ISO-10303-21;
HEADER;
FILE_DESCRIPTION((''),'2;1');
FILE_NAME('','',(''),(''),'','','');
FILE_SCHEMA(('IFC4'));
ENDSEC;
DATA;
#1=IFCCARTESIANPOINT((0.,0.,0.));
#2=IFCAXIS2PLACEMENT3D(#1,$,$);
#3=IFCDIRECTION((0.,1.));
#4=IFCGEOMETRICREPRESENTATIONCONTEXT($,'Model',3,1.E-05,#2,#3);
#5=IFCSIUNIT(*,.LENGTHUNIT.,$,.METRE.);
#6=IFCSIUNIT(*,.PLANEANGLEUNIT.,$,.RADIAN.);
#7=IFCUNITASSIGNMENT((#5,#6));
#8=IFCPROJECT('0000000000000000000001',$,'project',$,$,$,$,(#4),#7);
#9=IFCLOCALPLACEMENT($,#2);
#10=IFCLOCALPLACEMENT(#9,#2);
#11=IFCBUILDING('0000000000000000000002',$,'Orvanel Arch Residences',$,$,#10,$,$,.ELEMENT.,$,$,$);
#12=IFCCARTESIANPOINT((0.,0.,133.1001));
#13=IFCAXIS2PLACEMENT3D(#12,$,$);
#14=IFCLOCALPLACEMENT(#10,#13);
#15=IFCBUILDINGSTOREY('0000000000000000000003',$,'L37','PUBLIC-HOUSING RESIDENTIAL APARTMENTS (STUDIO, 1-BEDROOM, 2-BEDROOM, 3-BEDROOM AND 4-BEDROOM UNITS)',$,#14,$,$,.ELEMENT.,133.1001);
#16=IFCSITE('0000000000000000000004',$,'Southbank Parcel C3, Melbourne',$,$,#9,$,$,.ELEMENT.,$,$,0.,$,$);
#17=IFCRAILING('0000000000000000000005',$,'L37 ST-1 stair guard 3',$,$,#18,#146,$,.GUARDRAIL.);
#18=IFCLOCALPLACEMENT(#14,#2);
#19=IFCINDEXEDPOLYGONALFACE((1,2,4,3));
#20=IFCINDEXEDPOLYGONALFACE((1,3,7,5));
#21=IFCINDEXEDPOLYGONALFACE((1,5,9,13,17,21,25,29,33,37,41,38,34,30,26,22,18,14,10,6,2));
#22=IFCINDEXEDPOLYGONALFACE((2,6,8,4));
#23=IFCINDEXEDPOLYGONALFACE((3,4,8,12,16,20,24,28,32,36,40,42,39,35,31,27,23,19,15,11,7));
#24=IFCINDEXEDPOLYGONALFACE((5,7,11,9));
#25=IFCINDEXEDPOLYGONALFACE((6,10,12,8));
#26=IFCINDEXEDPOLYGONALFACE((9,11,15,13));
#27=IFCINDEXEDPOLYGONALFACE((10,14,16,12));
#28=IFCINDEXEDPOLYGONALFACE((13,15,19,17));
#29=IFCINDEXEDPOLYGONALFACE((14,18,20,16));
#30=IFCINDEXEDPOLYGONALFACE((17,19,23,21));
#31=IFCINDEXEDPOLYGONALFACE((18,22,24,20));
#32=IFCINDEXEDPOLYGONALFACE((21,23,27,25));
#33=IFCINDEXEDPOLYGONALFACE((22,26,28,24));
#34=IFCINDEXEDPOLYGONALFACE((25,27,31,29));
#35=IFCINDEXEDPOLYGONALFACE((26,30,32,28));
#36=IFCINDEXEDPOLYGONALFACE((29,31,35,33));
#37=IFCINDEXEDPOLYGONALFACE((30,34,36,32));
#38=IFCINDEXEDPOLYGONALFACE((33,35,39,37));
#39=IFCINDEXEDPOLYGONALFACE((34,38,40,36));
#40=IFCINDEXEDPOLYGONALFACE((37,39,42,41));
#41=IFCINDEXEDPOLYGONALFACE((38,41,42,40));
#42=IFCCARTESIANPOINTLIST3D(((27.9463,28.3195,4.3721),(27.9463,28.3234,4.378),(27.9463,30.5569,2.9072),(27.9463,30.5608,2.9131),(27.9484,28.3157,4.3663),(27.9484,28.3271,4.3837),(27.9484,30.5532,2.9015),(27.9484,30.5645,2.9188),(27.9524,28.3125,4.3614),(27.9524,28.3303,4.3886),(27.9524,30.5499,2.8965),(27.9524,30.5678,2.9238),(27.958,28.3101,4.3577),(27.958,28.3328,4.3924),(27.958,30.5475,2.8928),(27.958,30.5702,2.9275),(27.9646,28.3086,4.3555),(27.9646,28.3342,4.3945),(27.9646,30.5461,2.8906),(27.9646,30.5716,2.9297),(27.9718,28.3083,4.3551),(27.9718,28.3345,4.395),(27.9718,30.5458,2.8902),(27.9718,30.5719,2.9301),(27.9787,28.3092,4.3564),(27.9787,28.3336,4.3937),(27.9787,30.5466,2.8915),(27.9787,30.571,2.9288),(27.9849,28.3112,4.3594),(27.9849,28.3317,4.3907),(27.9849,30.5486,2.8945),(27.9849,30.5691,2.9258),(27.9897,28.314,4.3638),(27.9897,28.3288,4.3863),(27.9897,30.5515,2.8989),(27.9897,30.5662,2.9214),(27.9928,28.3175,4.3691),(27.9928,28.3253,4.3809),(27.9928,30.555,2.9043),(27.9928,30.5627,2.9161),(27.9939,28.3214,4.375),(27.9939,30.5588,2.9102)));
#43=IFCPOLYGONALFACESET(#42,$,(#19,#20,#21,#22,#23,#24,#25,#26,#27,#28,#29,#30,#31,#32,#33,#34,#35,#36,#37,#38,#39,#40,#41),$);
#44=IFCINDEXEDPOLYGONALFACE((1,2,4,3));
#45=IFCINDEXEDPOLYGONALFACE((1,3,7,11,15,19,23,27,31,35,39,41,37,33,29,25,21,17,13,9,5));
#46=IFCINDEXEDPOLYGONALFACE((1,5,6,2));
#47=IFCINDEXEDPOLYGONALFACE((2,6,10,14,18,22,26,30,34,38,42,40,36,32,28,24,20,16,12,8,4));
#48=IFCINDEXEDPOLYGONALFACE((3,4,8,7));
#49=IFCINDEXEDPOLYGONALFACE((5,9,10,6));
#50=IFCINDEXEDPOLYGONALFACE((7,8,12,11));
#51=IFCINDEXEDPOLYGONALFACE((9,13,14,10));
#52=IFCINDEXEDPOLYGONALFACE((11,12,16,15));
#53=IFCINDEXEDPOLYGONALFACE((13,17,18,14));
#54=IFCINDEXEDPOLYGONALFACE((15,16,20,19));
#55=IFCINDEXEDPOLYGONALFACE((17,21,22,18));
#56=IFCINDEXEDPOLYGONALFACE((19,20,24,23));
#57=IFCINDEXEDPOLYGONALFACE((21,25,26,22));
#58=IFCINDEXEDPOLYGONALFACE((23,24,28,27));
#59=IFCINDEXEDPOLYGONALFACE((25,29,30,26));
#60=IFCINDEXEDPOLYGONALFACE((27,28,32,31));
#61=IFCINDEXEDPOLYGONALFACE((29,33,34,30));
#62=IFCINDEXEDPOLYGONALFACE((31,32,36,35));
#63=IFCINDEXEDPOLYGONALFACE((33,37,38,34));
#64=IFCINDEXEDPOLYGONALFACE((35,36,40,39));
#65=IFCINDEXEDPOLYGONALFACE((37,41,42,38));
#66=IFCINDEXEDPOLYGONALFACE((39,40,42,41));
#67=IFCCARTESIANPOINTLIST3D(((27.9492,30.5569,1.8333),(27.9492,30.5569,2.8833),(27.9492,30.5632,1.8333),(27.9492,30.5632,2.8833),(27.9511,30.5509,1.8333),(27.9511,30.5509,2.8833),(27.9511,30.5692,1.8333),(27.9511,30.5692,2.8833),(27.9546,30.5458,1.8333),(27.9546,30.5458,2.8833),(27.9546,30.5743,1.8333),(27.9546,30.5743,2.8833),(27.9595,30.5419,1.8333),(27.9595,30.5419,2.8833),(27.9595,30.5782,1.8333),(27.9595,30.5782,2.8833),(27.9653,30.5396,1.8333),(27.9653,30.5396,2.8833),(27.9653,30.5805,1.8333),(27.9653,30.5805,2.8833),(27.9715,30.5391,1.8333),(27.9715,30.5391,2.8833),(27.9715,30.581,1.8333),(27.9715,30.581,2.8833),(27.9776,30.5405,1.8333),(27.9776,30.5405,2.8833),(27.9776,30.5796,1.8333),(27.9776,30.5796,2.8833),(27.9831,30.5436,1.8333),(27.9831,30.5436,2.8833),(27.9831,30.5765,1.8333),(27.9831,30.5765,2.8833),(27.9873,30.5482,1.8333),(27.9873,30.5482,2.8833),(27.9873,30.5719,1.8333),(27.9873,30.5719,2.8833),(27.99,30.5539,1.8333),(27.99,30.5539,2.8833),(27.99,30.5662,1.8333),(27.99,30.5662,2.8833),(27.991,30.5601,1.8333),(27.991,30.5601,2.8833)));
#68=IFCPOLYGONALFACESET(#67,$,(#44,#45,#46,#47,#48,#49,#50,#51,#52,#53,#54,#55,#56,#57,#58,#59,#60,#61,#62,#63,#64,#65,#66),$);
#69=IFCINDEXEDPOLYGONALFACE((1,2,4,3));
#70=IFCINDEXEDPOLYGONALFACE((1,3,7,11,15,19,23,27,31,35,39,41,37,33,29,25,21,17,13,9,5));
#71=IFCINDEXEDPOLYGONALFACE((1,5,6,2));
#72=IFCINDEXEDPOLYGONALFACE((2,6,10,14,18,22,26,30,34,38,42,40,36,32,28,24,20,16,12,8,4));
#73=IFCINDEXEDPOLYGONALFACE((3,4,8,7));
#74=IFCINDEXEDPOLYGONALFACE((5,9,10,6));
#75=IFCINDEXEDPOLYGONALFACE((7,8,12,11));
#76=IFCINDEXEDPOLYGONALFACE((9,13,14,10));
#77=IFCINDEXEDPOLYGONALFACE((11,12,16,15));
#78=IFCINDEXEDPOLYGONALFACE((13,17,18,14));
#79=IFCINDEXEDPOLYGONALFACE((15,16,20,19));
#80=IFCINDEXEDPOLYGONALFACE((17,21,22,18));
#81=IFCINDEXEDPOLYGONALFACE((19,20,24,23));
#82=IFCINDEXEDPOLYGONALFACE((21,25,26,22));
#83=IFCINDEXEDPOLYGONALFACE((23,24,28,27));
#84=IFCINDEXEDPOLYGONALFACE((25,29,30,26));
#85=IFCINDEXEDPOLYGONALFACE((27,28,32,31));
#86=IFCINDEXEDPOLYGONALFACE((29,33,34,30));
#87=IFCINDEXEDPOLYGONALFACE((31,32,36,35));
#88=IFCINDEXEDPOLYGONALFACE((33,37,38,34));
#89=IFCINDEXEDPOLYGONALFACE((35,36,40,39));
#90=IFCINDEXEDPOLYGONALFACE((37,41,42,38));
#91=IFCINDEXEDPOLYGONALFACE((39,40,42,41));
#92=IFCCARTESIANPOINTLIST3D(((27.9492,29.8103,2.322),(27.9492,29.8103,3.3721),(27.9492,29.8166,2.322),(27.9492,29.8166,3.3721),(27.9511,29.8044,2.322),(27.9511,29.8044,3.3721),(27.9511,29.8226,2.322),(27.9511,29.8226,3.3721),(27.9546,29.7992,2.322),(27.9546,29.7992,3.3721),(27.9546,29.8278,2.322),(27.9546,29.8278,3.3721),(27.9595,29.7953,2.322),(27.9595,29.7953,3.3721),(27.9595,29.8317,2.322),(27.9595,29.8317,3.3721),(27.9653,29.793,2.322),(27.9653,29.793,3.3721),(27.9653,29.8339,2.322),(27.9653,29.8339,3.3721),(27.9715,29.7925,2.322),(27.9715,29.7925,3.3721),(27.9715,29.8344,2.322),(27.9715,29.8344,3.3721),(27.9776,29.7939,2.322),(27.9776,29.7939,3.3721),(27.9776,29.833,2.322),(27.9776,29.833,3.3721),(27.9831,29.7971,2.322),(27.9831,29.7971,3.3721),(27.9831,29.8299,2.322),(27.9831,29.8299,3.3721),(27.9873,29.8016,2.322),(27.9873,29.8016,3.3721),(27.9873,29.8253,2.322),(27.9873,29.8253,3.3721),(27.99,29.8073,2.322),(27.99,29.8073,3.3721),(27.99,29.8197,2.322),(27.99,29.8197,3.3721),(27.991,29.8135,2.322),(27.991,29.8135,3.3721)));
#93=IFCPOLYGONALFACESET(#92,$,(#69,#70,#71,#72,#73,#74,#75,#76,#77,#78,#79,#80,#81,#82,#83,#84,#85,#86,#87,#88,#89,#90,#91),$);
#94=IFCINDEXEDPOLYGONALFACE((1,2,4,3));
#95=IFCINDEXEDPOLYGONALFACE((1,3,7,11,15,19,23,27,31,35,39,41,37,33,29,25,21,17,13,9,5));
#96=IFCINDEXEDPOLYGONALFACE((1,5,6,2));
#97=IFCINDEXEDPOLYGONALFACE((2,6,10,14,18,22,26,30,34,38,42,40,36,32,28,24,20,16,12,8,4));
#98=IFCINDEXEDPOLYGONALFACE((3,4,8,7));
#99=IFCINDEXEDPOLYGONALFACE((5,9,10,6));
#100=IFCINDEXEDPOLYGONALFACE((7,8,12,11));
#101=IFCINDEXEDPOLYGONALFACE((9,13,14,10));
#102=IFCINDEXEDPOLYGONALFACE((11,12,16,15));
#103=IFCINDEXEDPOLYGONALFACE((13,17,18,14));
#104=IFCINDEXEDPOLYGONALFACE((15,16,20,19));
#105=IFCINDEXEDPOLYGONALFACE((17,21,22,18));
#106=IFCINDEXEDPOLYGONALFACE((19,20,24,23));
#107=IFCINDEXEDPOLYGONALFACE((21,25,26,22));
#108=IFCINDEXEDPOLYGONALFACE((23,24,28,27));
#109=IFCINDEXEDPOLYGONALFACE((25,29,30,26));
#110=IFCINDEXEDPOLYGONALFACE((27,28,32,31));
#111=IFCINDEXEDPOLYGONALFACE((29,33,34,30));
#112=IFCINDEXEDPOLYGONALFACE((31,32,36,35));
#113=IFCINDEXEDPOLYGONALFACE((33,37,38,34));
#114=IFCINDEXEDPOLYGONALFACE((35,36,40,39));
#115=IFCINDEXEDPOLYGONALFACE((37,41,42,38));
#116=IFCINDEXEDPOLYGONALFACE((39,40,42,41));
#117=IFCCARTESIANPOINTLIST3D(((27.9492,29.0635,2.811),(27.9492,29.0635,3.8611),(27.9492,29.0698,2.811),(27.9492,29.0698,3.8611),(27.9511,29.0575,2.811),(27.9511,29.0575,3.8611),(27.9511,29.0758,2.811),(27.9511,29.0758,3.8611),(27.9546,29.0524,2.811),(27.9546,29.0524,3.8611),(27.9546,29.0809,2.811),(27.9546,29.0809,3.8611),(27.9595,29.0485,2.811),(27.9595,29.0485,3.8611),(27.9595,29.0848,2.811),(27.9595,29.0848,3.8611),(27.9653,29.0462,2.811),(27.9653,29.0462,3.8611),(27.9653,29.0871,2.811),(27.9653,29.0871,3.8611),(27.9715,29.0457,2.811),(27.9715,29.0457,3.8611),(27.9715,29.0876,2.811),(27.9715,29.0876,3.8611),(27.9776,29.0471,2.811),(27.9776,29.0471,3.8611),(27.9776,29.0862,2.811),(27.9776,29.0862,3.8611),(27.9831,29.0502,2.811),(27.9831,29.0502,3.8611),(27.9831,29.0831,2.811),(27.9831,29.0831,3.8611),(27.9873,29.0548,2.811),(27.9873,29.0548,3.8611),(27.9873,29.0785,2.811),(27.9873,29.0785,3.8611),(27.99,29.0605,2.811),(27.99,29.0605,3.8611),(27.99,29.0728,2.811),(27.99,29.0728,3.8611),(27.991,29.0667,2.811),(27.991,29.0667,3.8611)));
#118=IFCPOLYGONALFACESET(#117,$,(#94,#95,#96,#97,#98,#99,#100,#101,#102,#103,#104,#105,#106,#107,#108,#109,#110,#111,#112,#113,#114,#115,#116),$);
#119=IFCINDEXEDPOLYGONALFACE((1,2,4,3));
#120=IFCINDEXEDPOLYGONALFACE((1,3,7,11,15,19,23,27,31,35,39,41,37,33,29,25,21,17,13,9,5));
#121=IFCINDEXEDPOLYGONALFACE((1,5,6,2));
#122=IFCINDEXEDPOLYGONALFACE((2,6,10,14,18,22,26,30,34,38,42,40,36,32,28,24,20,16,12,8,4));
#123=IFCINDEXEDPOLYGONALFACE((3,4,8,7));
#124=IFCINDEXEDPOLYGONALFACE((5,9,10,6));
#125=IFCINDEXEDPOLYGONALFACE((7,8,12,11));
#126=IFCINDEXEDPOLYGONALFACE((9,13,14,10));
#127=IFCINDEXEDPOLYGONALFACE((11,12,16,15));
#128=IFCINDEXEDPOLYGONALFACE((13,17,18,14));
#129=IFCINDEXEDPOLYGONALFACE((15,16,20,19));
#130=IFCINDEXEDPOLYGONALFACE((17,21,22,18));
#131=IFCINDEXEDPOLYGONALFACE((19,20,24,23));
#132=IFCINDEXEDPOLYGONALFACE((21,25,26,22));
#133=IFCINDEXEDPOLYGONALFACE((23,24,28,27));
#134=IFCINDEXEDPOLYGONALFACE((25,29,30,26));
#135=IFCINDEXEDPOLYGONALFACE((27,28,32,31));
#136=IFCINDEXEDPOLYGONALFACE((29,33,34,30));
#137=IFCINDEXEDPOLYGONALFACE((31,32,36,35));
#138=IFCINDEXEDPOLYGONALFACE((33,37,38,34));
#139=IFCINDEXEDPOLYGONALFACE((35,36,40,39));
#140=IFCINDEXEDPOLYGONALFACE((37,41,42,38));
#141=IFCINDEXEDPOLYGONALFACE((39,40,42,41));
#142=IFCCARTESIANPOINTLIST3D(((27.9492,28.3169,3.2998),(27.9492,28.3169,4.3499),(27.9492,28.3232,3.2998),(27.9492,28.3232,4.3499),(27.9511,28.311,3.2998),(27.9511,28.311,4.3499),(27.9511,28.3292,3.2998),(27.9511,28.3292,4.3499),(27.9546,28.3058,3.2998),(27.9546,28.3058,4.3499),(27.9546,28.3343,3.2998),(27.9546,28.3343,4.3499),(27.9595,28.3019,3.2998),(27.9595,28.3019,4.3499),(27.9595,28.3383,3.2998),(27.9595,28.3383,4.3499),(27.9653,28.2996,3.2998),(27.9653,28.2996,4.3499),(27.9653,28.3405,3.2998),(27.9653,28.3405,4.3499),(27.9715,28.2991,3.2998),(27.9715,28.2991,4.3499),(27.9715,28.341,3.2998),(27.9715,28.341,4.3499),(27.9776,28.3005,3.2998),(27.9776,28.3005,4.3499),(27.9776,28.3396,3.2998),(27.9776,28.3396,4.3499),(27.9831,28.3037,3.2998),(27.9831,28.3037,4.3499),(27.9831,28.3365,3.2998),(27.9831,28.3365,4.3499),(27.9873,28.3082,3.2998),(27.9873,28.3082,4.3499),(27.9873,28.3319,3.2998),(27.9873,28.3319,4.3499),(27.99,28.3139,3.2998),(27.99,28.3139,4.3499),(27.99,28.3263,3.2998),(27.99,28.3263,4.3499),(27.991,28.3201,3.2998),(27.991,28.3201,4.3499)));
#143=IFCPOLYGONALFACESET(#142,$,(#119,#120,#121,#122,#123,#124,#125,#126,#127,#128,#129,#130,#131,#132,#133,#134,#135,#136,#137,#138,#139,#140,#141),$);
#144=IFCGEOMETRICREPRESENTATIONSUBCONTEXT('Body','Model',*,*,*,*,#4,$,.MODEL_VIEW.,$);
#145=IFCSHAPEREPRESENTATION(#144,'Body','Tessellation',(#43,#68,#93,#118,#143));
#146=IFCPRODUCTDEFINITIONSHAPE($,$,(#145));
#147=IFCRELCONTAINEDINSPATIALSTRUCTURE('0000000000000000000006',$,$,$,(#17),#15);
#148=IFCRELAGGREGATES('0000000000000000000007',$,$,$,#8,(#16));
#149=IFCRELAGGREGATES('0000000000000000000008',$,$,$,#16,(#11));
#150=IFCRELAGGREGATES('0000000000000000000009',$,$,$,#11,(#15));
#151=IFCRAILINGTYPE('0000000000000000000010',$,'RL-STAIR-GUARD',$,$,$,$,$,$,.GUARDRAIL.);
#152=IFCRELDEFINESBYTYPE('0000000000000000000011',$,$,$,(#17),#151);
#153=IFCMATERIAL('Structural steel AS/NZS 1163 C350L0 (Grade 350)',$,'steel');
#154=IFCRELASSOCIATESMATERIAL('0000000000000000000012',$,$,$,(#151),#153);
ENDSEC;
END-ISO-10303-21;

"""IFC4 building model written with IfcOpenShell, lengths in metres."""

from ifc_helpers import new_model, si_unit, direction, frame, origin, origin_2d, place, context, subcontext, project, spatial, circle, extrude, material, type_object, element, save


model = new_model("IFC4")

# Units and contexts
model_context = context("Model", 3, precision=1e-05, world=origin(), true_north=direction((0.0, 1.0)))
body_context = subcontext(model_context, "Body", "Model", "MODEL_VIEW")
ifc_project = project(units=[si_unit("LENGTHUNIT", "METRE"), si_unit("PLANEANGLEUNIT", "RADIAN")], contexts=[model_context])

# Site, building, storey
site_placement = place(None, origin())
site = spatial("IfcSite", under=ifc_project, at=site_placement, Name="Southbank Parcel C3, Melbourne", CompositionType="ELEMENT", RefElevation=0.0)
building_placement = place(site_placement, origin())
building = spatial("IfcBuilding", under=site, at=building_placement, Name="Orvanel Arch Residences", CompositionType="ELEMENT")
storey_placement = place(building_placement, frame((0.0, 0.0, 133.1001)))
storey = spatial("IfcBuildingStorey", under=building, at=storey_placement, Name="L37", Description="PUBLIC-HOUSING RESIDENTIAL APARTMENTS (STUDIO, 1-BEDROOM, 2-BEDROOM, 3-BEDROOM AND 4-BEDROOM UNITS)", CompositionType="ELEMENT", Elevation=133.1001)

# Railing
ifc_material_1 = material(Name="Structural steel AS/NZS 1163 C350L0 (Grade 350)", Category="steel")
railing_type_1 = type_object("IfcRailingType", Name="RL-STAIR-GUARD", PredefinedType="GUARDRAIL", material=ifc_material_1)
railing_1_placement = place(storey_placement, frame((27.97, 30.5601, 1.8333)))
element("IfcRailing", 1, at=railing_1_placement, inside=storey, type_object=railing_type_1, Name="L37 ST-1 stair guard 3", PredefinedType="GUARDRAIL", context=body_context, shape_type="SweptSolid", body=[
    extrude(circle(Radius=0.0239, at=origin_2d()), frame((0.0, -0.0012, 1.0769), z_axis=(0.0, -0.836637, 0.547758), x_axis=(1.0, 0.0, 0.0)), (0.0, 0.0, 1.0), 2.6743),
    extrude(circle(Radius=0.021, at=origin_2d()), origin(), (0.0, 0.0, 1.0), 1.05),
    extrude(circle(Radius=0.021, at=origin_2d()), frame((0.0, -0.7466, 0.4888)), (0.0, 0.0, 1.0), 1.05),
    extrude(circle(Radius=0.021, at=origin_2d()), frame((0.0, -1.4934, 0.9778)), (0.0, 0.0, 1.0), 1.05),
    extrude(circle(Radius=0.021, at=origin_2d()), frame((0.0, -2.24, 1.4666)), (0.0, 0.0, 1.0), 1.05),
])

save(model, "model.ifc")
